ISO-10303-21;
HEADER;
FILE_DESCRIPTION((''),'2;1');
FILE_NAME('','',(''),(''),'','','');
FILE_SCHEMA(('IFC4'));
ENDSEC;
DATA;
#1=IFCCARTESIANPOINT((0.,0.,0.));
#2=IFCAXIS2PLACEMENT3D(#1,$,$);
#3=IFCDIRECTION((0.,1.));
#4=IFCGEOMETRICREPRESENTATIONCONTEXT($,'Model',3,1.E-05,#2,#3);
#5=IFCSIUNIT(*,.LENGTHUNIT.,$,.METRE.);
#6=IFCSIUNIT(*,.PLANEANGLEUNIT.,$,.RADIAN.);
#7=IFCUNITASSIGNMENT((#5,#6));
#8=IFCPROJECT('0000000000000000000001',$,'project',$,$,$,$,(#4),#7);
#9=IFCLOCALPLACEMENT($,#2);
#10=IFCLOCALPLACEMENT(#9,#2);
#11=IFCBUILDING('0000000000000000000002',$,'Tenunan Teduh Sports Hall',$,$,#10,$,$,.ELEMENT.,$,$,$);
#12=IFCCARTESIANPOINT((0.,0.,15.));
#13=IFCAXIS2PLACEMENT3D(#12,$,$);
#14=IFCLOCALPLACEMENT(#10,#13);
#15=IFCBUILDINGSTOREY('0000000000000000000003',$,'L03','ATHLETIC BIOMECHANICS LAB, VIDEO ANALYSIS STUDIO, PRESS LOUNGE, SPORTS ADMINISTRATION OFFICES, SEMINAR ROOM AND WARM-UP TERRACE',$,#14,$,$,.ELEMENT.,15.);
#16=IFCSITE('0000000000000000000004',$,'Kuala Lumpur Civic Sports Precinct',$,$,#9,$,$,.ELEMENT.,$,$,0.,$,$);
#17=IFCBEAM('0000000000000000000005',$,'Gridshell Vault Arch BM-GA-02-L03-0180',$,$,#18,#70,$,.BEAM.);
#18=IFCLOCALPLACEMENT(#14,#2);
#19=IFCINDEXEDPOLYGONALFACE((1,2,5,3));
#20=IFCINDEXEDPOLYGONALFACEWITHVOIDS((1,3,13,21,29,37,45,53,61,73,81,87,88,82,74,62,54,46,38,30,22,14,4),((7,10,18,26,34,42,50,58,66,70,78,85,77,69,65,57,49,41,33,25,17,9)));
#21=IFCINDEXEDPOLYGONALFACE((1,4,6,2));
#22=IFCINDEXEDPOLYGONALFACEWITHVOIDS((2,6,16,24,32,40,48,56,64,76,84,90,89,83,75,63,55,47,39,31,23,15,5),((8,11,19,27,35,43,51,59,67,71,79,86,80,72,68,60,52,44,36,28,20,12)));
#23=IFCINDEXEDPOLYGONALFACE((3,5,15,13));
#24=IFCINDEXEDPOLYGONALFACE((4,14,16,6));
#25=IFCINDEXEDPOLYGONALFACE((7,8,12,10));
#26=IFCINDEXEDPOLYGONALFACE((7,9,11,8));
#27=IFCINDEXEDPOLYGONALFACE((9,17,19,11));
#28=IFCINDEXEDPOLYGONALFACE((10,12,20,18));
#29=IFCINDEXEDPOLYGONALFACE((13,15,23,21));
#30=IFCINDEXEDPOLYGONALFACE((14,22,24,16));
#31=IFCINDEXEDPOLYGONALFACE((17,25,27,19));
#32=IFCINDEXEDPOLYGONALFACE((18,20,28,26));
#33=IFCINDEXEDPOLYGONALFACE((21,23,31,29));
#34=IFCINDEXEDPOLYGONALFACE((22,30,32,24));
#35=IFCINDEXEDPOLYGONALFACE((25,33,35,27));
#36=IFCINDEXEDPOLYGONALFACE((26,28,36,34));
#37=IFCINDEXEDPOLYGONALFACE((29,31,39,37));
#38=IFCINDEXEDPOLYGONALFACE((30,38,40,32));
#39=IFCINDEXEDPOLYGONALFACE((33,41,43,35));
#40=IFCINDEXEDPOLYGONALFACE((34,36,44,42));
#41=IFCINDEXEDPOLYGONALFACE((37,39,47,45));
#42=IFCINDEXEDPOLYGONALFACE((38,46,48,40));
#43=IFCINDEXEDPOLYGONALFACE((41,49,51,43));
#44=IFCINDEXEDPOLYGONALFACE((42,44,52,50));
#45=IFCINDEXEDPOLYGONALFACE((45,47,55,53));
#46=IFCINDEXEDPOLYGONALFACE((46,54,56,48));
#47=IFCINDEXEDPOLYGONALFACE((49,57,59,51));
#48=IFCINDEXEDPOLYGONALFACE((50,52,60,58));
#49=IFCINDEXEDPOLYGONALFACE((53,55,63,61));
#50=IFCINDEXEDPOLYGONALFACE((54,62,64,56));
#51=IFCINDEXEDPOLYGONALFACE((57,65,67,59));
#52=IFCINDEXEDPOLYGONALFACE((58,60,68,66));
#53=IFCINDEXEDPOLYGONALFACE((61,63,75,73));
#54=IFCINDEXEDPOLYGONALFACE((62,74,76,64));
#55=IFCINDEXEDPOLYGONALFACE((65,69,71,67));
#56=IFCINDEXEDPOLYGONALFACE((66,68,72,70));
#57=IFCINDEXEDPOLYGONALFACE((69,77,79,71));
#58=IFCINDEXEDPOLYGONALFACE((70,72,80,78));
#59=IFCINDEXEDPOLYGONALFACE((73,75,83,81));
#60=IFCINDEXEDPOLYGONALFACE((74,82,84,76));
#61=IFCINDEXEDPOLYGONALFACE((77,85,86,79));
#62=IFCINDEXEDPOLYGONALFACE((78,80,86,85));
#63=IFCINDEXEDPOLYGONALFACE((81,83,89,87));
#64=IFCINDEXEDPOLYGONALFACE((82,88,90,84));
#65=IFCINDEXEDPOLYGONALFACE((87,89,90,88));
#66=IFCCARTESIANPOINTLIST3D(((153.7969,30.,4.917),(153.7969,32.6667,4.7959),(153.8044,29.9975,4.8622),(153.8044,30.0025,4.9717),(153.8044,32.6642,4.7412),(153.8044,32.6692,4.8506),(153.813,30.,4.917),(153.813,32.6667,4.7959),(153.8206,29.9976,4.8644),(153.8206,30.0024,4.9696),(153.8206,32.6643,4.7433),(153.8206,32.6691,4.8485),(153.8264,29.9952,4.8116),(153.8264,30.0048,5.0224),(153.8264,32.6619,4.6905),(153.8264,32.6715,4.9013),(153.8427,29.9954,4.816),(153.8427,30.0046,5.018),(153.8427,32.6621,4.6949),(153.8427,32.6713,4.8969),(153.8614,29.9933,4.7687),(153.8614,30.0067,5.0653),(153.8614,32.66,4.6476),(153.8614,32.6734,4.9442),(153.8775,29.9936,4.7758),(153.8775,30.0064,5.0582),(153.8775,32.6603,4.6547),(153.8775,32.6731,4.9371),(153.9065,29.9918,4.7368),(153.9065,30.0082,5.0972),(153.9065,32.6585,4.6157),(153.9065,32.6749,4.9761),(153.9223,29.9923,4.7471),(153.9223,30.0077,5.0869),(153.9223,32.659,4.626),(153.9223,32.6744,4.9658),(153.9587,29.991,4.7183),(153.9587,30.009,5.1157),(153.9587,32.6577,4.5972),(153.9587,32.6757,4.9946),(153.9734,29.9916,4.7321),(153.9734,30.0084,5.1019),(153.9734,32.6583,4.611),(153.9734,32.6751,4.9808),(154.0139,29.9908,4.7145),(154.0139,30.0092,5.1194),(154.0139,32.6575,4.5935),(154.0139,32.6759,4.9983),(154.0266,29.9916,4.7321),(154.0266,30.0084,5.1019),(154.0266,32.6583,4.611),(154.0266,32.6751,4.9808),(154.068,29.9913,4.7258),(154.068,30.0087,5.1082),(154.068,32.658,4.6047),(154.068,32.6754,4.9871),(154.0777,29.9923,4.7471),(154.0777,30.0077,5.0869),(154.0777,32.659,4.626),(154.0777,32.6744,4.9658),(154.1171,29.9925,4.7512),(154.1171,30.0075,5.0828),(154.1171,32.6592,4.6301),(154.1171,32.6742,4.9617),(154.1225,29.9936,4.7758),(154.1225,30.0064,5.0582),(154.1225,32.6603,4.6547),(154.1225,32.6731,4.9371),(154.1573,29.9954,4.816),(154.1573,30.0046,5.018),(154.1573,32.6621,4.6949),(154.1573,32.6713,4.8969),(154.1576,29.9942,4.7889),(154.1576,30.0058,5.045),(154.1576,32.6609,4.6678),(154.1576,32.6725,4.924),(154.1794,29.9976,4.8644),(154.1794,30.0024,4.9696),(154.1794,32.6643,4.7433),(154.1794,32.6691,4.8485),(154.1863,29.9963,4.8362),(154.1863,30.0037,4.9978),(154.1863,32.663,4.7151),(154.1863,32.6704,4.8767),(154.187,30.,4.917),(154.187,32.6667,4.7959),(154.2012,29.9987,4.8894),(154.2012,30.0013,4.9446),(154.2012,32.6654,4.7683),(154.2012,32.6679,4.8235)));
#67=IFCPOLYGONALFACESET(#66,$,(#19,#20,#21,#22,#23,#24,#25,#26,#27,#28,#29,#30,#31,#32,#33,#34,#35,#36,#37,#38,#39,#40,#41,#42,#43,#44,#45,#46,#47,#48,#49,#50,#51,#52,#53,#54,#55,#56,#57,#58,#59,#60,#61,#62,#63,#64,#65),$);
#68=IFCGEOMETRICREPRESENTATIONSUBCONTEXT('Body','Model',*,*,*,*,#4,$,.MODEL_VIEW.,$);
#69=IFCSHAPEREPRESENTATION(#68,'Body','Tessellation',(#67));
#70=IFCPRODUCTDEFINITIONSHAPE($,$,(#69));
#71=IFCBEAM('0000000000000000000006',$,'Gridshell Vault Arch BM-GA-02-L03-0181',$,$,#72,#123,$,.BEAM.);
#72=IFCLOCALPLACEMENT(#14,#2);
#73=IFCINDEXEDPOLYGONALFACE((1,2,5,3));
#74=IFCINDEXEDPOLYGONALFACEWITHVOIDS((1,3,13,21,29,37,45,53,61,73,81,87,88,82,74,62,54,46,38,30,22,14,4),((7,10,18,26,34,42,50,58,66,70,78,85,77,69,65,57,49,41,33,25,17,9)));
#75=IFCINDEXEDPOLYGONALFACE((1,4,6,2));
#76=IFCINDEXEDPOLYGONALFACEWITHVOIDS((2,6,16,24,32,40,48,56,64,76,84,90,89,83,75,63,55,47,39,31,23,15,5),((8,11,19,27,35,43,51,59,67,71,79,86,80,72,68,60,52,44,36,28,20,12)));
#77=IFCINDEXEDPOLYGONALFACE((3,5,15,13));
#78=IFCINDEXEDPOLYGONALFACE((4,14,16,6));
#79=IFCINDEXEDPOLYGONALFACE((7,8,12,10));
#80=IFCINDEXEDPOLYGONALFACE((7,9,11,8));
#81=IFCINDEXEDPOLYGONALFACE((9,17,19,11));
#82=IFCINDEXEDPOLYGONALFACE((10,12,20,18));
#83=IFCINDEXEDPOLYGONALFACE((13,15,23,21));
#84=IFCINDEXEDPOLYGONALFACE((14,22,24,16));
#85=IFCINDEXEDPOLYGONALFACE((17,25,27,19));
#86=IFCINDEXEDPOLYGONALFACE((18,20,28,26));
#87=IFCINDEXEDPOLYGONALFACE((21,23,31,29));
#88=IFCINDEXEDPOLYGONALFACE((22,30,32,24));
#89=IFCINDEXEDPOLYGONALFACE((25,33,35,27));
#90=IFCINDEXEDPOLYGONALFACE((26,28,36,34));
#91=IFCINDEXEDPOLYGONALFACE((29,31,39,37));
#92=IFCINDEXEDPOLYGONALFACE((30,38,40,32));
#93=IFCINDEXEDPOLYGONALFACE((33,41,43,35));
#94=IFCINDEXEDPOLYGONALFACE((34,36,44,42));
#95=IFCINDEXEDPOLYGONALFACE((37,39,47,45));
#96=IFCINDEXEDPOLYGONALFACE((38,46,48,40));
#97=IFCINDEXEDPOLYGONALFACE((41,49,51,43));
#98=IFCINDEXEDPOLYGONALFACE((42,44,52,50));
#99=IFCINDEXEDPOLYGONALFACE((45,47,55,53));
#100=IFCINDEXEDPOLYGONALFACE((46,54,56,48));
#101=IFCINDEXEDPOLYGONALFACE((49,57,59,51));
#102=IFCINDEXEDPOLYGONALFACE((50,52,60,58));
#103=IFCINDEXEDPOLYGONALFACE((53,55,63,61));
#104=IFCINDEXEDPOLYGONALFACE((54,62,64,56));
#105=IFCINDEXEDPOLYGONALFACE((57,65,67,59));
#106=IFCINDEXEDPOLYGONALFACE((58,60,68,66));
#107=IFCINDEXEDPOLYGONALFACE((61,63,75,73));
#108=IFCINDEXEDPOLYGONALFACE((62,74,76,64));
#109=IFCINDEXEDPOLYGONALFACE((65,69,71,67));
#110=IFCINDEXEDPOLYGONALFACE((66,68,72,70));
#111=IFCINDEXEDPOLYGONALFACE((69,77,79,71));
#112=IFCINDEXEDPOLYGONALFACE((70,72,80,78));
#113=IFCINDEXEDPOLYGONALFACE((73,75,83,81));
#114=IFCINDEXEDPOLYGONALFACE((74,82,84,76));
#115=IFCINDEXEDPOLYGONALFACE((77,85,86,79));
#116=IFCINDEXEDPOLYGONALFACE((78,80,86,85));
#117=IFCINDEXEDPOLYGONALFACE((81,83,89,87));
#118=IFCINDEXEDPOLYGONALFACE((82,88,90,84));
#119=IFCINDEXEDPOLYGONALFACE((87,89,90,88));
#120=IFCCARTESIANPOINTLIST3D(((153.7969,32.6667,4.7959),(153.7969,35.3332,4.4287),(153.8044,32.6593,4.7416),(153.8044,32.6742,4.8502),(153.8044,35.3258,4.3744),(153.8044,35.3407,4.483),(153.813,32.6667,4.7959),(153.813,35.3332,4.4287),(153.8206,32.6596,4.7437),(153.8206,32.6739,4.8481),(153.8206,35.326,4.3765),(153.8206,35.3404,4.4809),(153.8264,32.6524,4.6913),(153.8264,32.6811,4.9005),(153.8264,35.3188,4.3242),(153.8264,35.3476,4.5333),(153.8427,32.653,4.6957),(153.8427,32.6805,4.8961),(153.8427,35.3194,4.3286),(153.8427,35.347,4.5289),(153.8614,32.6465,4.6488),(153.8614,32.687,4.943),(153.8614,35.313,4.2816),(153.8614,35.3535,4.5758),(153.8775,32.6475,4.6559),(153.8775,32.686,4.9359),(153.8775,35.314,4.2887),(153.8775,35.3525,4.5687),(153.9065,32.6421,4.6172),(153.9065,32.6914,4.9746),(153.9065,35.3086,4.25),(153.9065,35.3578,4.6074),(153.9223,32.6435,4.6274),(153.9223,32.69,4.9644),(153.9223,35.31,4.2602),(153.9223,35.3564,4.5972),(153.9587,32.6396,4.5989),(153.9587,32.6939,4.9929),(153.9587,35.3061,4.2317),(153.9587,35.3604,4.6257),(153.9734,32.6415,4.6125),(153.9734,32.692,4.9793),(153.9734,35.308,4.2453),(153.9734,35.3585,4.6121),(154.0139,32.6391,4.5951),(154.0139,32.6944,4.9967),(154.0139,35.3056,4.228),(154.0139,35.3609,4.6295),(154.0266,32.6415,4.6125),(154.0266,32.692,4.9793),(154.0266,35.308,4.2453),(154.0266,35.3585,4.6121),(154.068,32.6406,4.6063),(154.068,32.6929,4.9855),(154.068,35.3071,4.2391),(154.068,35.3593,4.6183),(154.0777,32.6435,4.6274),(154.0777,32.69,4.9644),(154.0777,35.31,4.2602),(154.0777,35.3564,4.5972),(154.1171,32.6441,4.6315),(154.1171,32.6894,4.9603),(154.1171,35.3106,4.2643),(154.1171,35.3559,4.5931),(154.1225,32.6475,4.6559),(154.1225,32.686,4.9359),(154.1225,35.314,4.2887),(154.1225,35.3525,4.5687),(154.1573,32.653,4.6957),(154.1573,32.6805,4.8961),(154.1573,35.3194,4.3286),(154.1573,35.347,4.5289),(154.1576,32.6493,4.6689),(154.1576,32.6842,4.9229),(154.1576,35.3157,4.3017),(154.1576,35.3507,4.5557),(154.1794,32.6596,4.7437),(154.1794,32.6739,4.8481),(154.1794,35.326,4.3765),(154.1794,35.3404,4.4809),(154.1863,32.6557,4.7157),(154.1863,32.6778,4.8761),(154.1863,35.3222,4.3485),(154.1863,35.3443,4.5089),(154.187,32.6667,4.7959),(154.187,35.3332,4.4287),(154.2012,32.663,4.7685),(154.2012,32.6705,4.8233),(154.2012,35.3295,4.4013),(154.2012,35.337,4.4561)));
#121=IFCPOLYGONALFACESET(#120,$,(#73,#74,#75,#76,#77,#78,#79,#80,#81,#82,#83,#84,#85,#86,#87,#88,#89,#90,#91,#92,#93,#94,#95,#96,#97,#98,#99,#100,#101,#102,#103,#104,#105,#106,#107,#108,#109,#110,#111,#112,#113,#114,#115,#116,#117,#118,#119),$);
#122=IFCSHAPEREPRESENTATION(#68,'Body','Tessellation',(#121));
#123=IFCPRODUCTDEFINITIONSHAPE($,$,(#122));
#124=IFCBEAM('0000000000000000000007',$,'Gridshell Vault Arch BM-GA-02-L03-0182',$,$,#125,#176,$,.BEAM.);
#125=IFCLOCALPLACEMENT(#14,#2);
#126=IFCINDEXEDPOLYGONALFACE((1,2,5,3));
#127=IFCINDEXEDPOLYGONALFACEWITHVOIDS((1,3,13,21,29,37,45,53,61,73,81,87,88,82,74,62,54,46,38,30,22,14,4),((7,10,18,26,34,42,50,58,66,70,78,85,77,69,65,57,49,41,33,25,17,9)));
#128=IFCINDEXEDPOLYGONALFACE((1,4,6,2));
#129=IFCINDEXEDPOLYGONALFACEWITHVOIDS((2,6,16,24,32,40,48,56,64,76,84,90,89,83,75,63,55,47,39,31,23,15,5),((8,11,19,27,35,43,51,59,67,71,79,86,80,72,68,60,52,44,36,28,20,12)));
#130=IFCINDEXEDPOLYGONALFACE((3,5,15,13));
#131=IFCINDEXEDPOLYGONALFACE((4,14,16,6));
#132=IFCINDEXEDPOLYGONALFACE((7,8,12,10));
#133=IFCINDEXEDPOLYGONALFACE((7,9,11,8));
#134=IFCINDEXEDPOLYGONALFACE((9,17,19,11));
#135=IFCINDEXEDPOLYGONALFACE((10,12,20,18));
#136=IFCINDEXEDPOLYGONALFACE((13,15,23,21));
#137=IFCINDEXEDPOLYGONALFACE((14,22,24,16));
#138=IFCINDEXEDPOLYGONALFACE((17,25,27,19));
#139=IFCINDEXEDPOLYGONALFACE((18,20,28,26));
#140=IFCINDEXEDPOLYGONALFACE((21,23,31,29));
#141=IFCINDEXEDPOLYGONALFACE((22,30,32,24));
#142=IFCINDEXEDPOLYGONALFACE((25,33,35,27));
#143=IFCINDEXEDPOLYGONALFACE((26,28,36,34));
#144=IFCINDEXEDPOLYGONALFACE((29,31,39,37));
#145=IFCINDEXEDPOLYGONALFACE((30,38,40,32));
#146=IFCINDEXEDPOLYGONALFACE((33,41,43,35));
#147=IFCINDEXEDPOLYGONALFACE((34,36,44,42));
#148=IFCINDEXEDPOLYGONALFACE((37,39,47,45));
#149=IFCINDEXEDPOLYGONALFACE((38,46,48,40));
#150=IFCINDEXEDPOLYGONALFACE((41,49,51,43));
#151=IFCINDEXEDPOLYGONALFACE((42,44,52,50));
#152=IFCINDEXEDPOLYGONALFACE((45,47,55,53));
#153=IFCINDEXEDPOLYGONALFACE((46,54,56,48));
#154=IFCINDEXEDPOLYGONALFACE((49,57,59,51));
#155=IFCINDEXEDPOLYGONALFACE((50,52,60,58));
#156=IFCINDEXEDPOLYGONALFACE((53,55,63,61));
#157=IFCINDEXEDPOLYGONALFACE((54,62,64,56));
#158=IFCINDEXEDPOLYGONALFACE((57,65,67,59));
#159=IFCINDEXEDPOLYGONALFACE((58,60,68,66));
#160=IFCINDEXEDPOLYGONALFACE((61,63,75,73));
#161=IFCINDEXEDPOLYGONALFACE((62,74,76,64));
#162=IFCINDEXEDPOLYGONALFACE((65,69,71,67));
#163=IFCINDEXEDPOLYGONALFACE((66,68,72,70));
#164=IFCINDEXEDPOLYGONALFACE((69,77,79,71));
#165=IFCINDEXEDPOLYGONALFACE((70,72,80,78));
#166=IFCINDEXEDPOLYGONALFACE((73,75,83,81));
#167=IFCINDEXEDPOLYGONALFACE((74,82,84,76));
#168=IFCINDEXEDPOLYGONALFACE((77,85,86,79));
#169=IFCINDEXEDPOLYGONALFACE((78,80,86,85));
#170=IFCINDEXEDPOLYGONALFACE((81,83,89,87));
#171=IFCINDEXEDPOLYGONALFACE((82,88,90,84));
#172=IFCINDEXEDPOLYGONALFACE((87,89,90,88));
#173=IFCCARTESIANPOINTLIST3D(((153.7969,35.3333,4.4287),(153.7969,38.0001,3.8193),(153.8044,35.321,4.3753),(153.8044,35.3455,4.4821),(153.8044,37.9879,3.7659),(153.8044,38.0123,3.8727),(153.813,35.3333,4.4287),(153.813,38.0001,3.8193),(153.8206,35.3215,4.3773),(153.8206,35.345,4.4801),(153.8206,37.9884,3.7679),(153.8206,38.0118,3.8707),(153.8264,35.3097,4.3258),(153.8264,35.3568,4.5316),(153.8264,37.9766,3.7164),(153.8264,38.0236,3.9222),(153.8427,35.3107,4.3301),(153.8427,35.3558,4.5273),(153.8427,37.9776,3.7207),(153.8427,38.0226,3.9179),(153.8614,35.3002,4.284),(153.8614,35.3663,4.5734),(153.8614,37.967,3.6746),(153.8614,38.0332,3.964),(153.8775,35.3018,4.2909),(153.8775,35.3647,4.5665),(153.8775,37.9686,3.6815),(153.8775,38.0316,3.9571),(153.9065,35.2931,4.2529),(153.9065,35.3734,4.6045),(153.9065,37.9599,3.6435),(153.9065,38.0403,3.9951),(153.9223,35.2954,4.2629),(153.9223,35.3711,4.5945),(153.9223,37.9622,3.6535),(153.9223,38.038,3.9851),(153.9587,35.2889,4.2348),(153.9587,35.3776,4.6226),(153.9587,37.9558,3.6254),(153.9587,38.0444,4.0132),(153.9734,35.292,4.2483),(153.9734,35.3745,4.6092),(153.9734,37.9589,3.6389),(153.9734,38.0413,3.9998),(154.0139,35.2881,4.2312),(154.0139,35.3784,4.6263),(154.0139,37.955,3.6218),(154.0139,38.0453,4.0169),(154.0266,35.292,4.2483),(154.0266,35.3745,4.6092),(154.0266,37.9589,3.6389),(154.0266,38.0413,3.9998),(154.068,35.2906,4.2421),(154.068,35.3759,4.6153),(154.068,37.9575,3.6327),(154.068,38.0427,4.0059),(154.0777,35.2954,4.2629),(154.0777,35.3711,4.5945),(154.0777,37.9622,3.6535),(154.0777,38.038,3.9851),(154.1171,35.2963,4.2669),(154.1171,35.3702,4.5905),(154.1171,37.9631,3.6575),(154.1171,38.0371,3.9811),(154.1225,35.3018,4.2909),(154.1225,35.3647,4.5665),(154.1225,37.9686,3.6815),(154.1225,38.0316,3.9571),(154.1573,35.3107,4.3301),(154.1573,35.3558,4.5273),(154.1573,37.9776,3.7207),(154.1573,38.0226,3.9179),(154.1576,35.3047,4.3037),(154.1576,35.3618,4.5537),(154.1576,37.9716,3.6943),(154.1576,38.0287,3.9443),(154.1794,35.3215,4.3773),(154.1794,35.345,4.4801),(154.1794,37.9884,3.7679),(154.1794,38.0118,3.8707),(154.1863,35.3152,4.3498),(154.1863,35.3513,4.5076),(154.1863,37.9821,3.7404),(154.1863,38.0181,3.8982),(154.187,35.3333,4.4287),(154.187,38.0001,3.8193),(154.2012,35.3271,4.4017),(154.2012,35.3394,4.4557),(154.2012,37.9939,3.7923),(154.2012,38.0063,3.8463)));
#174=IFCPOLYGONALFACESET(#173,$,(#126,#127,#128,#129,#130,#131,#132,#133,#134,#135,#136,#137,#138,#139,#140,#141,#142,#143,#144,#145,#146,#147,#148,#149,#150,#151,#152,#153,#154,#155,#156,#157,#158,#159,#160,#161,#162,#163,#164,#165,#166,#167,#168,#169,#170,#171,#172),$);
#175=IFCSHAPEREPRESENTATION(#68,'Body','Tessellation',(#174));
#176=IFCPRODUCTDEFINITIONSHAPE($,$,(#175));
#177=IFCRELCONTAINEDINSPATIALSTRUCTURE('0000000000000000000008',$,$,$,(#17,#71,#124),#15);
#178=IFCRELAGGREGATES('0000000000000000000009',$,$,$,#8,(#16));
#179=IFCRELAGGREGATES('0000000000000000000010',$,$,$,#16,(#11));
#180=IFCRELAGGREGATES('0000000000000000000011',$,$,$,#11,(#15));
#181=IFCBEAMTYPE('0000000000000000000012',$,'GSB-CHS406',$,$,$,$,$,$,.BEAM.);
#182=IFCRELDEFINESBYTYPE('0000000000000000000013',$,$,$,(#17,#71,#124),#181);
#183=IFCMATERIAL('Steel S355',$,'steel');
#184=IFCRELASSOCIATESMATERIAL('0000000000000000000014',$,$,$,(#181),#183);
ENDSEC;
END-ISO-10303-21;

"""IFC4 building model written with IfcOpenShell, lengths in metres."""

from ifc_helpers import new_model, si_unit, direction, frame, origin, origin_2d, place, context, subcontext, project, spatial, hollow_circle, extrude, material, material_profile, profile_set, type_object, element, save


model = new_model("IFC4")

# Units and contexts
model_context = context("Model", 3, precision=1e-05, world=origin(), true_north=direction((0.0, 1.0)))
body_context = subcontext(model_context, "Body", "Model", "MODEL_VIEW")
ifc_project = project(units=[si_unit("LENGTHUNIT", "METRE"), si_unit("PLANEANGLEUNIT", "RADIAN")], contexts=[model_context])

# Site, building, storey
site_placement = place(None, origin())
site = spatial("IfcSite", under=ifc_project, at=site_placement, Name="Kuala Lumpur Civic Sports Precinct", CompositionType="ELEMENT", RefElevation=0.0)
building_placement = place(site_placement, origin())
building = spatial("IfcBuilding", under=site, at=building_placement, Name="Tenunan Teduh Sports Hall", CompositionType="ELEMENT")
storey_placement = place(building_placement, frame((0.0, 0.0, 15.0)))
storey = spatial("IfcBuildingStorey", under=building, at=storey_placement, Name="L03", Description="ATHLETIC BIOMECHANICS LAB, VIDEO ANALYSIS STUDIO, PRESS LOUNGE, SPORTS ADMINISTRATION OFFICES, SEMINAR ROOM AND WARM-UP TERRACE", CompositionType="ELEMENT", Elevation=15.0)

# Beams
ifc_material_1 = material(Name="Steel S355", Category="steel")
ifc_material_profile_1 = material_profile(ifc_material_1, hollow_circle(Radius=0.2031, WallThickness=0.0161, at=origin_2d()), Name="CHS 406.4x16.0")
ifc_profile_set_1 = profile_set([ifc_material_profile_1], Name="Steel S355")
beam_type_1 = type_object("IfcBeamType", Name="GSB-CHS406", PredefinedType="BEAM", material=ifc_profile_set_1)
beam_1_placement = place(storey_placement, frame((154.0, 30.0, 4.917), z_axis=(0.0, 0.998971, -0.045362), x_axis=(-1.0, 0.0, 0.0)))
element("IfcBeam", 1, at=beam_1_placement, inside=storey, type_object=beam_type_1, Name="Gridshell Vault Arch BM-GA-02-L03-0180", PredefinedType="BEAM", context=body_context, shape_type="SweptSolid", body=[
    extrude(hollow_circle(Radius=0.2031, WallThickness=0.0161, at=origin_2d()), origin(), (0.0, 0.0, 1.0), 2.6694),
])
beam_2_placement = place(storey_placement, frame((154.0, 32.6667, 4.7959), z_axis=(0.0, 0.990652, -0.136416), x_axis=(-1.0, 0.0, 0.0)))
element("IfcBeam", 2, at=beam_2_placement, inside=storey, type_object=beam_type_1, Name="Gridshell Vault Arch BM-GA-02-L03-0181", PredefinedType="BEAM", context=body_context, shape_type="SweptSolid", body=[
    extrude(hollow_circle(Radius=0.2031, WallThickness=0.0161, at=origin_2d()), origin(), (0.0, 0.0, 1.0), 2.6917),
])
beam_3_placement = place(storey_placement, frame((154.0, 35.3333, 4.4287), z_axis=(0.0, 0.974872, -0.222767), x_axis=(-1.0, 0.0, 0.0)))
element("IfcBeam", 3, at=beam_3_placement, inside=storey, type_object=beam_type_1, Name="Gridshell Vault Arch BM-GA-02-L03-0182", PredefinedType="BEAM", context=body_context, shape_type="SweptSolid", body=[
    extrude(hollow_circle(Radius=0.2031, WallThickness=0.0161, at=origin_2d()), origin(), (0.0, 0.0, 1.0), 2.7356),
])

save(model, "model.ifc")
